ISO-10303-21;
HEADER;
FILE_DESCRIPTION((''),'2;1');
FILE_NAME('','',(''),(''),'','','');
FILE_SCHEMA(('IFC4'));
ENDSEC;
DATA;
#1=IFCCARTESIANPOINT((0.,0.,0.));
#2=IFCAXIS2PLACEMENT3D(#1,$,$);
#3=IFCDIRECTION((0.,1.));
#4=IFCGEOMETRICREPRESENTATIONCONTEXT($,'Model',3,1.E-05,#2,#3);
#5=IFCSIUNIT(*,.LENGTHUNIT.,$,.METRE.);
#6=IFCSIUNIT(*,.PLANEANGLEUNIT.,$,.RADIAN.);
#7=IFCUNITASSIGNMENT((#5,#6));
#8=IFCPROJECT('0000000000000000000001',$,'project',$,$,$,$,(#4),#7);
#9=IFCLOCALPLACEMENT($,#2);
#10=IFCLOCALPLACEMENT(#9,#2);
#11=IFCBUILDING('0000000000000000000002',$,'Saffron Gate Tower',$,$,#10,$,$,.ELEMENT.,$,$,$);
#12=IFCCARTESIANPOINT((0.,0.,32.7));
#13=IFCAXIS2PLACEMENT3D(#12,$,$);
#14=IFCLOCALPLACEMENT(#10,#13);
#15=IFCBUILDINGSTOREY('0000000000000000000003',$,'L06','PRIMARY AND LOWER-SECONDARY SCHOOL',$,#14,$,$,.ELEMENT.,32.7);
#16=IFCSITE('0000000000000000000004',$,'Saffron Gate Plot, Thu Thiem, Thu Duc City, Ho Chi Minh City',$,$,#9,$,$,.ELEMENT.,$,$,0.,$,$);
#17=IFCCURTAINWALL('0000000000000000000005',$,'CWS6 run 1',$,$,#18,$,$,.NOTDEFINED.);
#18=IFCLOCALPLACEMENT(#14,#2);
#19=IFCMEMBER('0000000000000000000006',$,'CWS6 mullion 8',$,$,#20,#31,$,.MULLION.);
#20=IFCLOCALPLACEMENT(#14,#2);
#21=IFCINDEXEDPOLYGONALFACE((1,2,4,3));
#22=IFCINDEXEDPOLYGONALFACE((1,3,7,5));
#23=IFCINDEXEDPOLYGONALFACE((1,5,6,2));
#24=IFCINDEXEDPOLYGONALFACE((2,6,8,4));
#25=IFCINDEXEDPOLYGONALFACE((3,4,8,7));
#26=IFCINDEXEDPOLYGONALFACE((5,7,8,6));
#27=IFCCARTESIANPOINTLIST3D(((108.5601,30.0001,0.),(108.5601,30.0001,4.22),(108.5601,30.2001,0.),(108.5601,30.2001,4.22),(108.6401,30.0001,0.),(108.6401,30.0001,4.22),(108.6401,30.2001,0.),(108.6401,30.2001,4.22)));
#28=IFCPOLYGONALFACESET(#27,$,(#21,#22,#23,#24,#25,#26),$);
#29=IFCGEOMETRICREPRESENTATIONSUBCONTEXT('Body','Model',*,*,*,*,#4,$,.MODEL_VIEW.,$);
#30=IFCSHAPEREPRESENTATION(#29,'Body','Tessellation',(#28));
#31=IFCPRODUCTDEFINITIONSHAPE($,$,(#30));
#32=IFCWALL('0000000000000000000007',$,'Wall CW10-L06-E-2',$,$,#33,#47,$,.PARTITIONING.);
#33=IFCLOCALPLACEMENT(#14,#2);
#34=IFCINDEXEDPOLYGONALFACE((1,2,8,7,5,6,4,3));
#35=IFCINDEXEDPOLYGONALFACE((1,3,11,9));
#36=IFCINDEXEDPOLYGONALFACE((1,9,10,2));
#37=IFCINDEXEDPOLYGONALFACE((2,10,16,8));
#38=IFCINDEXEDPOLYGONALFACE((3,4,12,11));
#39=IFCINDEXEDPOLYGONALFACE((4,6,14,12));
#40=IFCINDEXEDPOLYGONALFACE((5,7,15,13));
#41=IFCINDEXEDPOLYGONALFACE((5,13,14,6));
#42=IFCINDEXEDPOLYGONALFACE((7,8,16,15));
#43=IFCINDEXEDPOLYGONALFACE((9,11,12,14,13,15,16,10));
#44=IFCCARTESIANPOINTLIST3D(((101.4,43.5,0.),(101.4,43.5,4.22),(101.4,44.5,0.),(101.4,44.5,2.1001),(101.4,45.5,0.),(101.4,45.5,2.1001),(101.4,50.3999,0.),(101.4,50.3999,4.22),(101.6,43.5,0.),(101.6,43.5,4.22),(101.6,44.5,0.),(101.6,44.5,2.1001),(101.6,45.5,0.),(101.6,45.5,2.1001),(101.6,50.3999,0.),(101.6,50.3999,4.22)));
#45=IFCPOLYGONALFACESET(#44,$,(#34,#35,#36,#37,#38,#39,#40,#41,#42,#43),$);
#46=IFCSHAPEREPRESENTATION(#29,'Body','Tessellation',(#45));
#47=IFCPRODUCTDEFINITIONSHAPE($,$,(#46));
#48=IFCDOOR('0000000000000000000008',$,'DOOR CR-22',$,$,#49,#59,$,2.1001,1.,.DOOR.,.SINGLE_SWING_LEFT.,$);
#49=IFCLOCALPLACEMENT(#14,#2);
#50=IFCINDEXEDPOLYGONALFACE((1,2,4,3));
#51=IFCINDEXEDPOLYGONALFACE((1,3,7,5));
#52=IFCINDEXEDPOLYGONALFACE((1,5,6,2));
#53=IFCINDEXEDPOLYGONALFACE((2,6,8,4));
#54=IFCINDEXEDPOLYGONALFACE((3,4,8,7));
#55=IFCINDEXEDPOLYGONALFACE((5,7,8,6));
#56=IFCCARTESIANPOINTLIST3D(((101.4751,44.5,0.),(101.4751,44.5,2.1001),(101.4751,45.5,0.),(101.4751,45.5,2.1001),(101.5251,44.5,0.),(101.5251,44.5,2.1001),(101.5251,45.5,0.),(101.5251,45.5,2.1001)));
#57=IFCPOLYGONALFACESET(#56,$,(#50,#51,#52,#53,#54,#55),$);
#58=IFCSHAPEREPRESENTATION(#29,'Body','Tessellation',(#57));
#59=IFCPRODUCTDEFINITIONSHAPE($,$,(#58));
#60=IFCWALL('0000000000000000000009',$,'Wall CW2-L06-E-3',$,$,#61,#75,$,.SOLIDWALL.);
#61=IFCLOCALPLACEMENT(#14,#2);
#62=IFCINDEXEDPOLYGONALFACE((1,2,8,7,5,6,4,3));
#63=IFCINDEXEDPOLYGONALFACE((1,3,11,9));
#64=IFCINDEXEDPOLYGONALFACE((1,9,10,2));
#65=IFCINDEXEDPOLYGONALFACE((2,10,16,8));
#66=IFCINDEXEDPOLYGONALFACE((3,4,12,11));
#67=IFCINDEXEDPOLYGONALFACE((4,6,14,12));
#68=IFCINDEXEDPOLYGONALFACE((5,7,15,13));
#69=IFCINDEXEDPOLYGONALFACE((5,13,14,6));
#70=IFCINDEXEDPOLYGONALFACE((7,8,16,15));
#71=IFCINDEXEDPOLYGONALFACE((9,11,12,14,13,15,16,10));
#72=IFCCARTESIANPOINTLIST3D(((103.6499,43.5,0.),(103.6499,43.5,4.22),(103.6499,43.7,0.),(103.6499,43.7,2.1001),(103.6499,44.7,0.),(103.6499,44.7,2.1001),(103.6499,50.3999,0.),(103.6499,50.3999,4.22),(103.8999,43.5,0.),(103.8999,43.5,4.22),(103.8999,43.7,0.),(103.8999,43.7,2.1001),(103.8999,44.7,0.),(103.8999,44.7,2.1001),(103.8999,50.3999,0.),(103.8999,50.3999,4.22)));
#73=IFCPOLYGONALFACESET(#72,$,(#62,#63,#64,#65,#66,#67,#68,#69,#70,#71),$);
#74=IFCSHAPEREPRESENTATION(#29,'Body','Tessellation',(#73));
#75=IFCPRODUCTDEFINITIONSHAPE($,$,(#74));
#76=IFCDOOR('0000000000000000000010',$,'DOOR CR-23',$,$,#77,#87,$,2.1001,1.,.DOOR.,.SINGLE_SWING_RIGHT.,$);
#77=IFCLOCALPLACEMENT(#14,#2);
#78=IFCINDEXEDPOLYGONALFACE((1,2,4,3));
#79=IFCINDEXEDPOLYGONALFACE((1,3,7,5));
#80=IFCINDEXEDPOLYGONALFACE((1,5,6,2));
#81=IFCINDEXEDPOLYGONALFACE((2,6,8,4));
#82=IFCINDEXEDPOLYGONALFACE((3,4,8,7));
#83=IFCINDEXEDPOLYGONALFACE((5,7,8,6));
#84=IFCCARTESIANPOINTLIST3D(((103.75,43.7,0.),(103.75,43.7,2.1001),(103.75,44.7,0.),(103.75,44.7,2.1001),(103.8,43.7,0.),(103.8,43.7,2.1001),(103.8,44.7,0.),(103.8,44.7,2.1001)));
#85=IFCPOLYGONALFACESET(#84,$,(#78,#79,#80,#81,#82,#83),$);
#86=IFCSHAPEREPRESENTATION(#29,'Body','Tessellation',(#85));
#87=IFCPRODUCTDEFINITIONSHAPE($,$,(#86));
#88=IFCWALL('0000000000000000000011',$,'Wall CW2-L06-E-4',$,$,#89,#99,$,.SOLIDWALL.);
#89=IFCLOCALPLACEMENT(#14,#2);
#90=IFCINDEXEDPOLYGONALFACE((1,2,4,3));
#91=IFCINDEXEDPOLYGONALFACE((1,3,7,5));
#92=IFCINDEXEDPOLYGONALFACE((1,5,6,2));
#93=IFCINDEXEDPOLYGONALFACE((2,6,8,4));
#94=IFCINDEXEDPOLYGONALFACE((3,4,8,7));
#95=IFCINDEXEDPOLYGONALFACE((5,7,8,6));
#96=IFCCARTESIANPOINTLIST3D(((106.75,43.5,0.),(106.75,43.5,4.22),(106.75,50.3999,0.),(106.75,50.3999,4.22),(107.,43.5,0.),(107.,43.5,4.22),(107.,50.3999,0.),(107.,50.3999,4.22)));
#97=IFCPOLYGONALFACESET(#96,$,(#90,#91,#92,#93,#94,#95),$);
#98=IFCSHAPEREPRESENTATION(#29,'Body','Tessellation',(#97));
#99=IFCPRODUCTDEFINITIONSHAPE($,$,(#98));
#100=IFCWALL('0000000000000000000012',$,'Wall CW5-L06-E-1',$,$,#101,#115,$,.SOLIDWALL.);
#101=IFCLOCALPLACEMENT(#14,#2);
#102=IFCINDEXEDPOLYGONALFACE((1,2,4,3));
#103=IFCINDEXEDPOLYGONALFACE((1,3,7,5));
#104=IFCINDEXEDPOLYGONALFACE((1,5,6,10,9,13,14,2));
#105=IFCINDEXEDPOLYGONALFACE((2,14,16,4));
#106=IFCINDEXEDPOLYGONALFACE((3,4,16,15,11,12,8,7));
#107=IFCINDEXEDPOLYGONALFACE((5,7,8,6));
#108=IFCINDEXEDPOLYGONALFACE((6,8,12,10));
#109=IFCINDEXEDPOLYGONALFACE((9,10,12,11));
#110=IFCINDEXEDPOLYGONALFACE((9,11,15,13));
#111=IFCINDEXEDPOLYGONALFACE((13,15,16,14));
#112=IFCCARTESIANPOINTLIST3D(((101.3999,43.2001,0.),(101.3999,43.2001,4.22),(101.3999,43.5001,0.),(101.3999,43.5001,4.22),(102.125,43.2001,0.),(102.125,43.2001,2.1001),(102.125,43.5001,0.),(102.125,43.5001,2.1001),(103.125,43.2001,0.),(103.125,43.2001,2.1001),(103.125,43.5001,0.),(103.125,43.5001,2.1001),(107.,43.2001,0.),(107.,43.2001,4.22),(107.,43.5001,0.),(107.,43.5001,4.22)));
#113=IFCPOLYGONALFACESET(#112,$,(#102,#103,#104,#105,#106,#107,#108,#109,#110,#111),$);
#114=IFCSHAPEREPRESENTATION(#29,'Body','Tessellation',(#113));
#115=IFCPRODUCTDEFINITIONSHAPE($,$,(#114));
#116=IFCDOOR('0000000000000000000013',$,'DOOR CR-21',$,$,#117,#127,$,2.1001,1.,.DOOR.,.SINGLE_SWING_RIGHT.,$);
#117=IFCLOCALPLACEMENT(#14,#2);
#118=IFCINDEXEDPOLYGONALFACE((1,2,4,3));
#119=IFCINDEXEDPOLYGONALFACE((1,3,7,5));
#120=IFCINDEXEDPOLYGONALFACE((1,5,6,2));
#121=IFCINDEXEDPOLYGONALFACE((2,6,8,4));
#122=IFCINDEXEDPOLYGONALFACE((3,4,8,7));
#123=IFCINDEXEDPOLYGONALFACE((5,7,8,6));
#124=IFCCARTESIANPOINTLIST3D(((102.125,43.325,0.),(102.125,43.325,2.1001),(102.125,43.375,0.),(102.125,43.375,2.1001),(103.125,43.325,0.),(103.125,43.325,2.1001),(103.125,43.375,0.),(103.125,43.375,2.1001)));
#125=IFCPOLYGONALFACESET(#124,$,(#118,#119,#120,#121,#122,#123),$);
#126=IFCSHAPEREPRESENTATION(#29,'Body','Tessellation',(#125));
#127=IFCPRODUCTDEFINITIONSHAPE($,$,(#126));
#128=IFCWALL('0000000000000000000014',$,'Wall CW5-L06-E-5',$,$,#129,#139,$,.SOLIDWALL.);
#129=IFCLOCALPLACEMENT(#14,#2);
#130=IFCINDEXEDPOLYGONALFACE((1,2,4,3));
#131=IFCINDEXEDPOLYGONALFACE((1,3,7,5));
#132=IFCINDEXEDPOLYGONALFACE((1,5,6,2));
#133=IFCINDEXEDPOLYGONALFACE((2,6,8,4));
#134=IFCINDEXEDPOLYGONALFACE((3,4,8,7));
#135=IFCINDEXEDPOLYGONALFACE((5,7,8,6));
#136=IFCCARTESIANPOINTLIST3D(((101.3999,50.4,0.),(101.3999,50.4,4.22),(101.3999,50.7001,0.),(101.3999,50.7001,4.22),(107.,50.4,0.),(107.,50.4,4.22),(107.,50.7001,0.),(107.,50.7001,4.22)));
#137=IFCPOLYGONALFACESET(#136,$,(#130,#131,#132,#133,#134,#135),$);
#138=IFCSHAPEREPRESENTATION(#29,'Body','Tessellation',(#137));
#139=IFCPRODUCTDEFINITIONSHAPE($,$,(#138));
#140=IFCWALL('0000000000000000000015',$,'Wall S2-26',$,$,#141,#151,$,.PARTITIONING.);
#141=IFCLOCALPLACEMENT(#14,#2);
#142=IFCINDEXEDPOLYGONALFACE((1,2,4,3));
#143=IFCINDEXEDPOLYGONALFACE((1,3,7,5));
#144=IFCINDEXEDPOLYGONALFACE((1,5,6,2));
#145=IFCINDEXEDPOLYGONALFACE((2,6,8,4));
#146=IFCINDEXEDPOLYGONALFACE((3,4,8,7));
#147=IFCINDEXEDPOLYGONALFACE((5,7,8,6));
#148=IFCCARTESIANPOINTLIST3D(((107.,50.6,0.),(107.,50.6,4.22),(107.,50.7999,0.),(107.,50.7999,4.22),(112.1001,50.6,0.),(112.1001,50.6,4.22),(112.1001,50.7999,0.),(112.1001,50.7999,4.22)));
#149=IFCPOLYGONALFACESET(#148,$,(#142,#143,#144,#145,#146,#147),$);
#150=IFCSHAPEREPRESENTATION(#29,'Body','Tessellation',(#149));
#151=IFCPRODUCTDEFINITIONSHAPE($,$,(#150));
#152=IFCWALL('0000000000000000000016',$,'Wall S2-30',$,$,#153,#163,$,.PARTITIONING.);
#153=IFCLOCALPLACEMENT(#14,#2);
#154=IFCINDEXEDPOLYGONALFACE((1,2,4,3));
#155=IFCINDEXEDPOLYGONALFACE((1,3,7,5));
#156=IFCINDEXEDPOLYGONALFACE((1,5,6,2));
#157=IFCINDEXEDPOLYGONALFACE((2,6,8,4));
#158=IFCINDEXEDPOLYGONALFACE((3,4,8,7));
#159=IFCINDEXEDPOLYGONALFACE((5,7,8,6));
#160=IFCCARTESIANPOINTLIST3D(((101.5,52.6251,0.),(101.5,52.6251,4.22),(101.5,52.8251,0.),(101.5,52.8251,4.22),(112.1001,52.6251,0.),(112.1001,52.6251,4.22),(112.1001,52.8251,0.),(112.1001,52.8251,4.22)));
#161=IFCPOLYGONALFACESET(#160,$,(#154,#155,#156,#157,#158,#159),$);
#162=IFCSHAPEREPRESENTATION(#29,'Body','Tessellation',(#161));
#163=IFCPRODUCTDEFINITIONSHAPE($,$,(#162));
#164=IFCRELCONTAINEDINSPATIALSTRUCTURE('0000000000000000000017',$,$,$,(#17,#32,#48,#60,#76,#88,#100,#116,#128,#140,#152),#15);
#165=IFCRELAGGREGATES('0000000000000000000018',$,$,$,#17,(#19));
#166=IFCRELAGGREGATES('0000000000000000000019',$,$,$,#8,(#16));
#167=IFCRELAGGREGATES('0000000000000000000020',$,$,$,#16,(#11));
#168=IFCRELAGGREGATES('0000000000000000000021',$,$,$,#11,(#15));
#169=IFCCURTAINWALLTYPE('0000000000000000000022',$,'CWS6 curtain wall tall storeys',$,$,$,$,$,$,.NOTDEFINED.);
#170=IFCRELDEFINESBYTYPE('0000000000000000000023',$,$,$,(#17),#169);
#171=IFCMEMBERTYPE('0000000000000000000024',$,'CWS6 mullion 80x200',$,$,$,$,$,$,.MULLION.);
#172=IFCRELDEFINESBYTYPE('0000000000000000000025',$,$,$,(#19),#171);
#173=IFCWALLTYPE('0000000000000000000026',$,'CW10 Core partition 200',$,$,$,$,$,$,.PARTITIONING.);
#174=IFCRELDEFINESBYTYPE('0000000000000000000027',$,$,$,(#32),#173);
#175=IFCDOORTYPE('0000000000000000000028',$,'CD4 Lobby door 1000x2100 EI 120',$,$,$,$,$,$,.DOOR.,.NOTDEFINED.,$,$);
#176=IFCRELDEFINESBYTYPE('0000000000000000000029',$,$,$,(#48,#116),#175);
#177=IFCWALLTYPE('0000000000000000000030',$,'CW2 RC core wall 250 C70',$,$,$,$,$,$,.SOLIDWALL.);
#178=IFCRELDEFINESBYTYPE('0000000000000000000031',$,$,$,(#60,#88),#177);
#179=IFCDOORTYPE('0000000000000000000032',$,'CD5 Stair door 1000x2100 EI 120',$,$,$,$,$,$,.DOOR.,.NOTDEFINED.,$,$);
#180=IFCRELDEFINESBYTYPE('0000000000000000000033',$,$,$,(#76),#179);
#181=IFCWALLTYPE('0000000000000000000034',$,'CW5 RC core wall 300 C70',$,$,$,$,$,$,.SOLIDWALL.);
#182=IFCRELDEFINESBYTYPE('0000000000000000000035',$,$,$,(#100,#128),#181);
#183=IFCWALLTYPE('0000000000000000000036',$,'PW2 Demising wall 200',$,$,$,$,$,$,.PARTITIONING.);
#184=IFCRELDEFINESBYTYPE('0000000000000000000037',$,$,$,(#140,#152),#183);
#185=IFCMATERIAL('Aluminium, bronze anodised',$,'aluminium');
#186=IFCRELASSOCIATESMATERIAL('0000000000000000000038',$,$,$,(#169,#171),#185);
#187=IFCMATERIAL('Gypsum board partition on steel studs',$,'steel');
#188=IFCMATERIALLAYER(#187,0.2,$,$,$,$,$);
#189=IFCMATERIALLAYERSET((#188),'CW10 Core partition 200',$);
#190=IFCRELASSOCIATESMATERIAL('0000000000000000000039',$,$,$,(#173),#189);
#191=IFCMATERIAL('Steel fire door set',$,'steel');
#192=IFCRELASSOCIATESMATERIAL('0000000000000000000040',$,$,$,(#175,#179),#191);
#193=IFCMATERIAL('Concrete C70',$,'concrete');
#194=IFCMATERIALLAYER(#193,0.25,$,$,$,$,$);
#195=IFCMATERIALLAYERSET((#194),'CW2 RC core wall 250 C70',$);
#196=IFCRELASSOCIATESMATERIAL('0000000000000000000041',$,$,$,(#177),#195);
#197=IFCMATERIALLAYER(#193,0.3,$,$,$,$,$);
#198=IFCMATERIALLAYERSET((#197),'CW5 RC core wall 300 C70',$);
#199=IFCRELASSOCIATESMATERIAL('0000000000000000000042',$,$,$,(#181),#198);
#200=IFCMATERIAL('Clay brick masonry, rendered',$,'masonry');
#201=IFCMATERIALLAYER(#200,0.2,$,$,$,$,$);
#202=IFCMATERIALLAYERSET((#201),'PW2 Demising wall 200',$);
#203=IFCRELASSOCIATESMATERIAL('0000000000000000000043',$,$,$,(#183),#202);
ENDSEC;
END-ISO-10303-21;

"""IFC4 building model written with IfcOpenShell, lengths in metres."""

from ifc_helpers import new_model, si_unit, direction, frame, frame_2d, origin, origin_2d, place, context, subcontext, project, spatial, rectangle, extrude, material, layer, layer_set, material_profile, profile_set, type_object, element, fill, aggregate, save


model = new_model("IFC4")

# Units and contexts
model_context = context("Model", 3, precision=1e-05, world=origin(), true_north=direction((0.0, 1.0)))
body_context = subcontext(model_context, "Body", "Model", "MODEL_VIEW")
ifc_project = project(units=[si_unit("LENGTHUNIT", "METRE"), si_unit("PLANEANGLEUNIT", "RADIAN")], contexts=[model_context])

# Site, building, storey
site_placement = place(None, origin())
site = spatial("IfcSite", under=ifc_project, at=site_placement, Name="Saffron Gate Plot, Thu Thiem, Thu Duc City, Ho Chi Minh City", CompositionType="ELEMENT", RefElevation=0.0)
building_placement = place(site_placement, origin())
building = spatial("IfcBuilding", under=site, at=building_placement, Name="Saffron Gate Tower", CompositionType="ELEMENT")
storey_placement = place(building_placement, frame((0.0, 0.0, 32.7)))
storey = spatial("IfcBuildingStorey", under=building, at=storey_placement, Name="L06", Description="PRIMARY AND LOWER-SECONDARY SCHOOL", CompositionType="ELEMENT", Elevation=32.7)

# Curtain wall, member
ifc_material_1 = material(Name="Aluminium, bronze anodised", Category="aluminium")
curtain_wall_type = type_object("IfcCurtainWallType", Name="CWS6 curtain wall tall storeys", PredefinedType="NOTDEFINED", material=ifc_material_1)
curtain_wall_placement = place(storey_placement, origin())
curtain_wall = element("IfcCurtainWall", 1, at=curtain_wall_placement, inside=storey, type_object=curtain_wall_type, Name="CWS6 run 1", PredefinedType="NOTDEFINED")
ifc_material_profile_1 = material_profile(ifc_material_1, rectangle(XDim=0.2, YDim=0.0801, at=origin_2d()))
ifc_profile_set_1 = profile_set([ifc_material_profile_1], Name="Aluminium, bronze anodised")
member_type = type_object("IfcMemberType", Name="CWS6 mullion 80x200", PredefinedType="MULLION", material=ifc_profile_set_1)
member_placement = place(storey_placement, frame((108.6001, 30.1001, 0.0), z_axis=(0.0, 0.0, 1.0), x_axis=(0.0, 1.0, 0.0)))
member = element("IfcMember", 2, at=member_placement, type_object=member_type, Name="CWS6 mullion 8", PredefinedType="MULLION", context=body_context, shape_type="SweptSolid", body=[
    extrude(rectangle(XDim=0.2, YDim=0.0801, at=origin_2d()), origin(), (0.0, 0.0, 1.0), 4.22),
])
aggregate(curtain_wall, [member])

# Walls, openings, doors
ifc_material_2 = material(Name="Gypsum board partition on steel studs", Category="steel")
ifc_layer_1 = layer(ifc_material_2, 0.2)
ifc_layer_set_1 = layer_set([ifc_layer_1], Name="CW10 Core partition 200")
wall_type_1 = type_object("IfcWallType", Name="CW10 Core partition 200", PredefinedType="PARTITIONING", material=ifc_layer_set_1)
wall_1_placement = place(storey_placement, frame((101.5, 43.5, 0.0), z_axis=(0.0, 0.0, 1.0), x_axis=(0.0, 1.0, 0.0)))
wall_1 = element("IfcWall", 3, at=wall_1_placement, inside=storey, type_object=wall_type_1, Name="Wall CW10-L06-E-2", PredefinedType="PARTITIONING", context=body_context, shape_type="SweptSolid", body=[
    extrude(rectangle(XDim=6.8999, YDim=0.2, at=frame_2d((3.45, 0.0))), origin(), (0.0, 0.0, 1.0), 4.22),
])
opening_1_placement = place(wall_1_placement, frame((1.0, 0.0, 0.0)))
opening_1 = element("IfcOpeningElement", 4, at=opening_1_placement, cuts=wall_1, PredefinedType="OPENING", context=body_context, shape_type="SweptSolid", body=[
    extrude(rectangle(XDim=1.0, YDim=2.1001, at=frame_2d((0.5, 1.05))), frame((0.0, 0.1099, 0.0), z_axis=(0.0, -1.0, 0.0), x_axis=(1.0, 0.0, 0.0)), (0.0, 0.0, 1.0), 0.22),
])
ifc_material_3 = material(Name="Steel fire door set", Category="steel")
door_type_1 = type_object("IfcDoorType", Name="CD4 Lobby door 1000x2100 EI 120", OperationType="NOTDEFINED", PredefinedType="DOOR", material=ifc_material_3)
door_1_placement = place(opening_1_placement, origin())
door_1 = element("IfcDoor", 5, at=door_1_placement, inside=storey, type_object=door_type_1, Name="DOOR CR-22", OperationType="SINGLE_SWING_LEFT", OverallHeight=2.1001, OverallWidth=1.0, PredefinedType="DOOR", context=body_context, shape_type="SweptSolid", body=[
    extrude(rectangle(XDim=1.0, YDim=2.1001, at=frame_2d((0.5, 1.05))), frame((0.0, 0.0249, 0.0), z_axis=(0.0, -1.0, 0.0), x_axis=(1.0, 0.0, 0.0)), (0.0, 0.0, 1.0), 0.05),
])
fill(opening_1, door_1)
ifc_material_4 = material(Name="Concrete C70", Category="concrete")
ifc_layer_2 = layer(ifc_material_4, 0.25)
ifc_layer_set_2 = layer_set([ifc_layer_2], Name="CW2 RC core wall 250 C70")
wall_type_2 = type_object("IfcWallType", Name="CW2 RC core wall 250 C70", PredefinedType="SOLIDWALL", material=ifc_layer_set_2)
wall_2_placement = place(storey_placement, frame((103.7749, 43.5, 0.0), z_axis=(0.0, 0.0, 1.0), x_axis=(0.0, 1.0, 0.0)))
wall_2 = element("IfcWall", 6, at=wall_2_placement, inside=storey, type_object=wall_type_2, Name="Wall CW2-L06-E-3", PredefinedType="SOLIDWALL", context=body_context, shape_type="SweptSolid", body=[
    extrude(rectangle(XDim=6.8999, YDim=0.25, at=frame_2d((3.45, 0.0))), origin(), (0.0, 0.0, 1.0), 4.22),
])
opening_2_placement = place(wall_2_placement, frame((0.2, 0.0, 0.0)))
opening_2 = element("IfcOpeningElement", 7, at=opening_2_placement, cuts=wall_2, PredefinedType="OPENING", context=body_context, shape_type="SweptSolid", body=[
    extrude(rectangle(XDim=1.0, YDim=2.1001, at=frame_2d((0.5, 1.05))), frame((0.0, 0.135, 0.0), z_axis=(0.0, -1.0, 0.0), x_axis=(1.0, 0.0, 0.0)), (0.0, 0.0, 1.0), 0.27),
])
door_type_2 = type_object("IfcDoorType", Name="CD5 Stair door 1000x2100 EI 120", OperationType="NOTDEFINED", PredefinedType="DOOR", material=ifc_material_3)
door_2_placement = place(opening_2_placement, origin())
door_2 = element("IfcDoor", 8, at=door_2_placement, inside=storey, type_object=door_type_2, Name="DOOR CR-23", OperationType="SINGLE_SWING_RIGHT", OverallHeight=2.1001, OverallWidth=1.0, PredefinedType="DOOR", context=body_context, shape_type="SweptSolid", body=[
    extrude(rectangle(XDim=1.0, YDim=2.1001, at=frame_2d((0.5, 1.05))), frame((0.0, 0.0249, 0.0), z_axis=(0.0, -1.0, 0.0), x_axis=(1.0, 0.0, 0.0)), (0.0, 0.0, 1.0), 0.05),
])
fill(opening_2, door_2)

# Wall
wall_3_placement = place(storey_placement, frame((106.875, 43.5, 0.0), z_axis=(0.0, 0.0, 1.0), x_axis=(0.0, 1.0, 0.0)))
element("IfcWall", 9, at=wall_3_placement, inside=storey, type_object=wall_type_2, Name="Wall CW2-L06-E-4", PredefinedType="SOLIDWALL", context=body_context, shape_type="SweptSolid", body=[
    extrude(rectangle(XDim=6.8999, YDim=0.25, at=frame_2d((3.45, 0.0))), origin(), (0.0, 0.0, 1.0), 4.22),
])

# Wall, opening, door
ifc_layer_3 = layer(ifc_material_4, 0.3)
ifc_layer_set_3 = layer_set([ifc_layer_3], Name="CW5 RC core wall 300 C70")
wall_type_3 = type_object("IfcWallType", Name="CW5 RC core wall 300 C70", PredefinedType="SOLIDWALL", material=ifc_layer_set_3)
wall_4_placement = place(storey_placement, frame((101.3999, 43.3501, 0.0), z_axis=(0.0, 0.0, 1.0), x_axis=(1.0, 0.0, 0.0)))
wall_4 = element("IfcWall", 10, at=wall_4_placement, inside=storey, type_object=wall_type_3, Name="Wall CW5-L06-E-1", PredefinedType="SOLIDWALL", context=body_context, shape_type="SweptSolid", body=[
    extrude(rectangle(XDim=5.6001, YDim=0.3, at=frame_2d((2.8, 0.0))), origin(), (0.0, 0.0, 1.0), 4.22),
])
opening_3_placement = place(wall_4_placement, frame((0.7251, 0.0, 0.0)))
opening_3 = element("IfcOpeningElement", 11, at=opening_3_placement, cuts=wall_4, PredefinedType="OPENING", context=body_context, shape_type="SweptSolid", body=[
    extrude(rectangle(XDim=1.0, YDim=2.1001, at=frame_2d((0.5, 1.05))), frame((0.0, 0.1602, 0.0), z_axis=(0.0, -1.0, 0.0), x_axis=(1.0, 0.0, 0.0)), (0.0, 0.0, 1.0), 0.3201),
])
door_3_placement = place(opening_3_placement, origin())
door_3 = element("IfcDoor", 12, at=door_3_placement, inside=storey, type_object=door_type_1, Name="DOOR CR-21", OperationType="SINGLE_SWING_RIGHT", OverallHeight=2.1001, OverallWidth=1.0, PredefinedType="DOOR", context=body_context, shape_type="SweptSolid", body=[
    extrude(rectangle(XDim=1.0, YDim=2.1001, at=frame_2d((0.5, 1.05))), frame((0.0, 0.0249, 0.0), z_axis=(0.0, -1.0, 0.0), x_axis=(1.0, 0.0, 0.0)), (0.0, 0.0, 1.0), 0.05),
])
fill(opening_3, door_3)

# Walls
wall_5_placement = place(storey_placement, frame((101.3999, 50.55, 0.0), z_axis=(0.0, 0.0, 1.0), x_axis=(1.0, 0.0, 0.0)))
element("IfcWall", 13, at=wall_5_placement, inside=storey, type_object=wall_type_3, Name="Wall CW5-L06-E-5", PredefinedType="SOLIDWALL", context=body_context, shape_type="SweptSolid", body=[
    extrude(rectangle(XDim=5.6001, YDim=0.3, at=frame_2d((2.8, 0.0))), origin(), (0.0, 0.0, 1.0), 4.22),
])
ifc_material_5 = material(Name="Clay brick masonry, rendered", Category="masonry")
ifc_layer_4 = layer(ifc_material_5, 0.2)
ifc_layer_set_4 = layer_set([ifc_layer_4], Name="PW2 Demising wall 200")
wall_type_4 = type_object("IfcWallType", Name="PW2 Demising wall 200", PredefinedType="PARTITIONING", material=ifc_layer_set_4)
wall_6_placement = place(storey_placement, frame((107.0, 50.7, 0.0), z_axis=(0.0, 0.0, 1.0), x_axis=(1.0, 0.0, 0.0)))
element("IfcWall", 14, at=wall_6_placement, inside=storey, type_object=wall_type_4, Name="Wall S2-26", PredefinedType="PARTITIONING", context=body_context, shape_type="SweptSolid", body=[
    extrude(rectangle(XDim=5.1001, YDim=0.2, at=frame_2d((2.55, 0.0))), origin(), (0.0, 0.0, 1.0), 4.22),
])
wall_7_placement = place(storey_placement, frame((101.5, 52.7251, 0.0), z_axis=(0.0, 0.0, 1.0), x_axis=(1.0, 0.0, 0.0)))
element("IfcWall", 15, at=wall_7_placement, inside=storey, type_object=wall_type_4, Name="Wall S2-30", PredefinedType="PARTITIONING", context=body_context, shape_type="SweptSolid", body=[
    extrude(rectangle(XDim=10.6001, YDim=0.2, at=frame_2d((5.3, 0.0))), origin(), (0.0, 0.0, 1.0), 4.22),
])

save(model, "model.ifc")
